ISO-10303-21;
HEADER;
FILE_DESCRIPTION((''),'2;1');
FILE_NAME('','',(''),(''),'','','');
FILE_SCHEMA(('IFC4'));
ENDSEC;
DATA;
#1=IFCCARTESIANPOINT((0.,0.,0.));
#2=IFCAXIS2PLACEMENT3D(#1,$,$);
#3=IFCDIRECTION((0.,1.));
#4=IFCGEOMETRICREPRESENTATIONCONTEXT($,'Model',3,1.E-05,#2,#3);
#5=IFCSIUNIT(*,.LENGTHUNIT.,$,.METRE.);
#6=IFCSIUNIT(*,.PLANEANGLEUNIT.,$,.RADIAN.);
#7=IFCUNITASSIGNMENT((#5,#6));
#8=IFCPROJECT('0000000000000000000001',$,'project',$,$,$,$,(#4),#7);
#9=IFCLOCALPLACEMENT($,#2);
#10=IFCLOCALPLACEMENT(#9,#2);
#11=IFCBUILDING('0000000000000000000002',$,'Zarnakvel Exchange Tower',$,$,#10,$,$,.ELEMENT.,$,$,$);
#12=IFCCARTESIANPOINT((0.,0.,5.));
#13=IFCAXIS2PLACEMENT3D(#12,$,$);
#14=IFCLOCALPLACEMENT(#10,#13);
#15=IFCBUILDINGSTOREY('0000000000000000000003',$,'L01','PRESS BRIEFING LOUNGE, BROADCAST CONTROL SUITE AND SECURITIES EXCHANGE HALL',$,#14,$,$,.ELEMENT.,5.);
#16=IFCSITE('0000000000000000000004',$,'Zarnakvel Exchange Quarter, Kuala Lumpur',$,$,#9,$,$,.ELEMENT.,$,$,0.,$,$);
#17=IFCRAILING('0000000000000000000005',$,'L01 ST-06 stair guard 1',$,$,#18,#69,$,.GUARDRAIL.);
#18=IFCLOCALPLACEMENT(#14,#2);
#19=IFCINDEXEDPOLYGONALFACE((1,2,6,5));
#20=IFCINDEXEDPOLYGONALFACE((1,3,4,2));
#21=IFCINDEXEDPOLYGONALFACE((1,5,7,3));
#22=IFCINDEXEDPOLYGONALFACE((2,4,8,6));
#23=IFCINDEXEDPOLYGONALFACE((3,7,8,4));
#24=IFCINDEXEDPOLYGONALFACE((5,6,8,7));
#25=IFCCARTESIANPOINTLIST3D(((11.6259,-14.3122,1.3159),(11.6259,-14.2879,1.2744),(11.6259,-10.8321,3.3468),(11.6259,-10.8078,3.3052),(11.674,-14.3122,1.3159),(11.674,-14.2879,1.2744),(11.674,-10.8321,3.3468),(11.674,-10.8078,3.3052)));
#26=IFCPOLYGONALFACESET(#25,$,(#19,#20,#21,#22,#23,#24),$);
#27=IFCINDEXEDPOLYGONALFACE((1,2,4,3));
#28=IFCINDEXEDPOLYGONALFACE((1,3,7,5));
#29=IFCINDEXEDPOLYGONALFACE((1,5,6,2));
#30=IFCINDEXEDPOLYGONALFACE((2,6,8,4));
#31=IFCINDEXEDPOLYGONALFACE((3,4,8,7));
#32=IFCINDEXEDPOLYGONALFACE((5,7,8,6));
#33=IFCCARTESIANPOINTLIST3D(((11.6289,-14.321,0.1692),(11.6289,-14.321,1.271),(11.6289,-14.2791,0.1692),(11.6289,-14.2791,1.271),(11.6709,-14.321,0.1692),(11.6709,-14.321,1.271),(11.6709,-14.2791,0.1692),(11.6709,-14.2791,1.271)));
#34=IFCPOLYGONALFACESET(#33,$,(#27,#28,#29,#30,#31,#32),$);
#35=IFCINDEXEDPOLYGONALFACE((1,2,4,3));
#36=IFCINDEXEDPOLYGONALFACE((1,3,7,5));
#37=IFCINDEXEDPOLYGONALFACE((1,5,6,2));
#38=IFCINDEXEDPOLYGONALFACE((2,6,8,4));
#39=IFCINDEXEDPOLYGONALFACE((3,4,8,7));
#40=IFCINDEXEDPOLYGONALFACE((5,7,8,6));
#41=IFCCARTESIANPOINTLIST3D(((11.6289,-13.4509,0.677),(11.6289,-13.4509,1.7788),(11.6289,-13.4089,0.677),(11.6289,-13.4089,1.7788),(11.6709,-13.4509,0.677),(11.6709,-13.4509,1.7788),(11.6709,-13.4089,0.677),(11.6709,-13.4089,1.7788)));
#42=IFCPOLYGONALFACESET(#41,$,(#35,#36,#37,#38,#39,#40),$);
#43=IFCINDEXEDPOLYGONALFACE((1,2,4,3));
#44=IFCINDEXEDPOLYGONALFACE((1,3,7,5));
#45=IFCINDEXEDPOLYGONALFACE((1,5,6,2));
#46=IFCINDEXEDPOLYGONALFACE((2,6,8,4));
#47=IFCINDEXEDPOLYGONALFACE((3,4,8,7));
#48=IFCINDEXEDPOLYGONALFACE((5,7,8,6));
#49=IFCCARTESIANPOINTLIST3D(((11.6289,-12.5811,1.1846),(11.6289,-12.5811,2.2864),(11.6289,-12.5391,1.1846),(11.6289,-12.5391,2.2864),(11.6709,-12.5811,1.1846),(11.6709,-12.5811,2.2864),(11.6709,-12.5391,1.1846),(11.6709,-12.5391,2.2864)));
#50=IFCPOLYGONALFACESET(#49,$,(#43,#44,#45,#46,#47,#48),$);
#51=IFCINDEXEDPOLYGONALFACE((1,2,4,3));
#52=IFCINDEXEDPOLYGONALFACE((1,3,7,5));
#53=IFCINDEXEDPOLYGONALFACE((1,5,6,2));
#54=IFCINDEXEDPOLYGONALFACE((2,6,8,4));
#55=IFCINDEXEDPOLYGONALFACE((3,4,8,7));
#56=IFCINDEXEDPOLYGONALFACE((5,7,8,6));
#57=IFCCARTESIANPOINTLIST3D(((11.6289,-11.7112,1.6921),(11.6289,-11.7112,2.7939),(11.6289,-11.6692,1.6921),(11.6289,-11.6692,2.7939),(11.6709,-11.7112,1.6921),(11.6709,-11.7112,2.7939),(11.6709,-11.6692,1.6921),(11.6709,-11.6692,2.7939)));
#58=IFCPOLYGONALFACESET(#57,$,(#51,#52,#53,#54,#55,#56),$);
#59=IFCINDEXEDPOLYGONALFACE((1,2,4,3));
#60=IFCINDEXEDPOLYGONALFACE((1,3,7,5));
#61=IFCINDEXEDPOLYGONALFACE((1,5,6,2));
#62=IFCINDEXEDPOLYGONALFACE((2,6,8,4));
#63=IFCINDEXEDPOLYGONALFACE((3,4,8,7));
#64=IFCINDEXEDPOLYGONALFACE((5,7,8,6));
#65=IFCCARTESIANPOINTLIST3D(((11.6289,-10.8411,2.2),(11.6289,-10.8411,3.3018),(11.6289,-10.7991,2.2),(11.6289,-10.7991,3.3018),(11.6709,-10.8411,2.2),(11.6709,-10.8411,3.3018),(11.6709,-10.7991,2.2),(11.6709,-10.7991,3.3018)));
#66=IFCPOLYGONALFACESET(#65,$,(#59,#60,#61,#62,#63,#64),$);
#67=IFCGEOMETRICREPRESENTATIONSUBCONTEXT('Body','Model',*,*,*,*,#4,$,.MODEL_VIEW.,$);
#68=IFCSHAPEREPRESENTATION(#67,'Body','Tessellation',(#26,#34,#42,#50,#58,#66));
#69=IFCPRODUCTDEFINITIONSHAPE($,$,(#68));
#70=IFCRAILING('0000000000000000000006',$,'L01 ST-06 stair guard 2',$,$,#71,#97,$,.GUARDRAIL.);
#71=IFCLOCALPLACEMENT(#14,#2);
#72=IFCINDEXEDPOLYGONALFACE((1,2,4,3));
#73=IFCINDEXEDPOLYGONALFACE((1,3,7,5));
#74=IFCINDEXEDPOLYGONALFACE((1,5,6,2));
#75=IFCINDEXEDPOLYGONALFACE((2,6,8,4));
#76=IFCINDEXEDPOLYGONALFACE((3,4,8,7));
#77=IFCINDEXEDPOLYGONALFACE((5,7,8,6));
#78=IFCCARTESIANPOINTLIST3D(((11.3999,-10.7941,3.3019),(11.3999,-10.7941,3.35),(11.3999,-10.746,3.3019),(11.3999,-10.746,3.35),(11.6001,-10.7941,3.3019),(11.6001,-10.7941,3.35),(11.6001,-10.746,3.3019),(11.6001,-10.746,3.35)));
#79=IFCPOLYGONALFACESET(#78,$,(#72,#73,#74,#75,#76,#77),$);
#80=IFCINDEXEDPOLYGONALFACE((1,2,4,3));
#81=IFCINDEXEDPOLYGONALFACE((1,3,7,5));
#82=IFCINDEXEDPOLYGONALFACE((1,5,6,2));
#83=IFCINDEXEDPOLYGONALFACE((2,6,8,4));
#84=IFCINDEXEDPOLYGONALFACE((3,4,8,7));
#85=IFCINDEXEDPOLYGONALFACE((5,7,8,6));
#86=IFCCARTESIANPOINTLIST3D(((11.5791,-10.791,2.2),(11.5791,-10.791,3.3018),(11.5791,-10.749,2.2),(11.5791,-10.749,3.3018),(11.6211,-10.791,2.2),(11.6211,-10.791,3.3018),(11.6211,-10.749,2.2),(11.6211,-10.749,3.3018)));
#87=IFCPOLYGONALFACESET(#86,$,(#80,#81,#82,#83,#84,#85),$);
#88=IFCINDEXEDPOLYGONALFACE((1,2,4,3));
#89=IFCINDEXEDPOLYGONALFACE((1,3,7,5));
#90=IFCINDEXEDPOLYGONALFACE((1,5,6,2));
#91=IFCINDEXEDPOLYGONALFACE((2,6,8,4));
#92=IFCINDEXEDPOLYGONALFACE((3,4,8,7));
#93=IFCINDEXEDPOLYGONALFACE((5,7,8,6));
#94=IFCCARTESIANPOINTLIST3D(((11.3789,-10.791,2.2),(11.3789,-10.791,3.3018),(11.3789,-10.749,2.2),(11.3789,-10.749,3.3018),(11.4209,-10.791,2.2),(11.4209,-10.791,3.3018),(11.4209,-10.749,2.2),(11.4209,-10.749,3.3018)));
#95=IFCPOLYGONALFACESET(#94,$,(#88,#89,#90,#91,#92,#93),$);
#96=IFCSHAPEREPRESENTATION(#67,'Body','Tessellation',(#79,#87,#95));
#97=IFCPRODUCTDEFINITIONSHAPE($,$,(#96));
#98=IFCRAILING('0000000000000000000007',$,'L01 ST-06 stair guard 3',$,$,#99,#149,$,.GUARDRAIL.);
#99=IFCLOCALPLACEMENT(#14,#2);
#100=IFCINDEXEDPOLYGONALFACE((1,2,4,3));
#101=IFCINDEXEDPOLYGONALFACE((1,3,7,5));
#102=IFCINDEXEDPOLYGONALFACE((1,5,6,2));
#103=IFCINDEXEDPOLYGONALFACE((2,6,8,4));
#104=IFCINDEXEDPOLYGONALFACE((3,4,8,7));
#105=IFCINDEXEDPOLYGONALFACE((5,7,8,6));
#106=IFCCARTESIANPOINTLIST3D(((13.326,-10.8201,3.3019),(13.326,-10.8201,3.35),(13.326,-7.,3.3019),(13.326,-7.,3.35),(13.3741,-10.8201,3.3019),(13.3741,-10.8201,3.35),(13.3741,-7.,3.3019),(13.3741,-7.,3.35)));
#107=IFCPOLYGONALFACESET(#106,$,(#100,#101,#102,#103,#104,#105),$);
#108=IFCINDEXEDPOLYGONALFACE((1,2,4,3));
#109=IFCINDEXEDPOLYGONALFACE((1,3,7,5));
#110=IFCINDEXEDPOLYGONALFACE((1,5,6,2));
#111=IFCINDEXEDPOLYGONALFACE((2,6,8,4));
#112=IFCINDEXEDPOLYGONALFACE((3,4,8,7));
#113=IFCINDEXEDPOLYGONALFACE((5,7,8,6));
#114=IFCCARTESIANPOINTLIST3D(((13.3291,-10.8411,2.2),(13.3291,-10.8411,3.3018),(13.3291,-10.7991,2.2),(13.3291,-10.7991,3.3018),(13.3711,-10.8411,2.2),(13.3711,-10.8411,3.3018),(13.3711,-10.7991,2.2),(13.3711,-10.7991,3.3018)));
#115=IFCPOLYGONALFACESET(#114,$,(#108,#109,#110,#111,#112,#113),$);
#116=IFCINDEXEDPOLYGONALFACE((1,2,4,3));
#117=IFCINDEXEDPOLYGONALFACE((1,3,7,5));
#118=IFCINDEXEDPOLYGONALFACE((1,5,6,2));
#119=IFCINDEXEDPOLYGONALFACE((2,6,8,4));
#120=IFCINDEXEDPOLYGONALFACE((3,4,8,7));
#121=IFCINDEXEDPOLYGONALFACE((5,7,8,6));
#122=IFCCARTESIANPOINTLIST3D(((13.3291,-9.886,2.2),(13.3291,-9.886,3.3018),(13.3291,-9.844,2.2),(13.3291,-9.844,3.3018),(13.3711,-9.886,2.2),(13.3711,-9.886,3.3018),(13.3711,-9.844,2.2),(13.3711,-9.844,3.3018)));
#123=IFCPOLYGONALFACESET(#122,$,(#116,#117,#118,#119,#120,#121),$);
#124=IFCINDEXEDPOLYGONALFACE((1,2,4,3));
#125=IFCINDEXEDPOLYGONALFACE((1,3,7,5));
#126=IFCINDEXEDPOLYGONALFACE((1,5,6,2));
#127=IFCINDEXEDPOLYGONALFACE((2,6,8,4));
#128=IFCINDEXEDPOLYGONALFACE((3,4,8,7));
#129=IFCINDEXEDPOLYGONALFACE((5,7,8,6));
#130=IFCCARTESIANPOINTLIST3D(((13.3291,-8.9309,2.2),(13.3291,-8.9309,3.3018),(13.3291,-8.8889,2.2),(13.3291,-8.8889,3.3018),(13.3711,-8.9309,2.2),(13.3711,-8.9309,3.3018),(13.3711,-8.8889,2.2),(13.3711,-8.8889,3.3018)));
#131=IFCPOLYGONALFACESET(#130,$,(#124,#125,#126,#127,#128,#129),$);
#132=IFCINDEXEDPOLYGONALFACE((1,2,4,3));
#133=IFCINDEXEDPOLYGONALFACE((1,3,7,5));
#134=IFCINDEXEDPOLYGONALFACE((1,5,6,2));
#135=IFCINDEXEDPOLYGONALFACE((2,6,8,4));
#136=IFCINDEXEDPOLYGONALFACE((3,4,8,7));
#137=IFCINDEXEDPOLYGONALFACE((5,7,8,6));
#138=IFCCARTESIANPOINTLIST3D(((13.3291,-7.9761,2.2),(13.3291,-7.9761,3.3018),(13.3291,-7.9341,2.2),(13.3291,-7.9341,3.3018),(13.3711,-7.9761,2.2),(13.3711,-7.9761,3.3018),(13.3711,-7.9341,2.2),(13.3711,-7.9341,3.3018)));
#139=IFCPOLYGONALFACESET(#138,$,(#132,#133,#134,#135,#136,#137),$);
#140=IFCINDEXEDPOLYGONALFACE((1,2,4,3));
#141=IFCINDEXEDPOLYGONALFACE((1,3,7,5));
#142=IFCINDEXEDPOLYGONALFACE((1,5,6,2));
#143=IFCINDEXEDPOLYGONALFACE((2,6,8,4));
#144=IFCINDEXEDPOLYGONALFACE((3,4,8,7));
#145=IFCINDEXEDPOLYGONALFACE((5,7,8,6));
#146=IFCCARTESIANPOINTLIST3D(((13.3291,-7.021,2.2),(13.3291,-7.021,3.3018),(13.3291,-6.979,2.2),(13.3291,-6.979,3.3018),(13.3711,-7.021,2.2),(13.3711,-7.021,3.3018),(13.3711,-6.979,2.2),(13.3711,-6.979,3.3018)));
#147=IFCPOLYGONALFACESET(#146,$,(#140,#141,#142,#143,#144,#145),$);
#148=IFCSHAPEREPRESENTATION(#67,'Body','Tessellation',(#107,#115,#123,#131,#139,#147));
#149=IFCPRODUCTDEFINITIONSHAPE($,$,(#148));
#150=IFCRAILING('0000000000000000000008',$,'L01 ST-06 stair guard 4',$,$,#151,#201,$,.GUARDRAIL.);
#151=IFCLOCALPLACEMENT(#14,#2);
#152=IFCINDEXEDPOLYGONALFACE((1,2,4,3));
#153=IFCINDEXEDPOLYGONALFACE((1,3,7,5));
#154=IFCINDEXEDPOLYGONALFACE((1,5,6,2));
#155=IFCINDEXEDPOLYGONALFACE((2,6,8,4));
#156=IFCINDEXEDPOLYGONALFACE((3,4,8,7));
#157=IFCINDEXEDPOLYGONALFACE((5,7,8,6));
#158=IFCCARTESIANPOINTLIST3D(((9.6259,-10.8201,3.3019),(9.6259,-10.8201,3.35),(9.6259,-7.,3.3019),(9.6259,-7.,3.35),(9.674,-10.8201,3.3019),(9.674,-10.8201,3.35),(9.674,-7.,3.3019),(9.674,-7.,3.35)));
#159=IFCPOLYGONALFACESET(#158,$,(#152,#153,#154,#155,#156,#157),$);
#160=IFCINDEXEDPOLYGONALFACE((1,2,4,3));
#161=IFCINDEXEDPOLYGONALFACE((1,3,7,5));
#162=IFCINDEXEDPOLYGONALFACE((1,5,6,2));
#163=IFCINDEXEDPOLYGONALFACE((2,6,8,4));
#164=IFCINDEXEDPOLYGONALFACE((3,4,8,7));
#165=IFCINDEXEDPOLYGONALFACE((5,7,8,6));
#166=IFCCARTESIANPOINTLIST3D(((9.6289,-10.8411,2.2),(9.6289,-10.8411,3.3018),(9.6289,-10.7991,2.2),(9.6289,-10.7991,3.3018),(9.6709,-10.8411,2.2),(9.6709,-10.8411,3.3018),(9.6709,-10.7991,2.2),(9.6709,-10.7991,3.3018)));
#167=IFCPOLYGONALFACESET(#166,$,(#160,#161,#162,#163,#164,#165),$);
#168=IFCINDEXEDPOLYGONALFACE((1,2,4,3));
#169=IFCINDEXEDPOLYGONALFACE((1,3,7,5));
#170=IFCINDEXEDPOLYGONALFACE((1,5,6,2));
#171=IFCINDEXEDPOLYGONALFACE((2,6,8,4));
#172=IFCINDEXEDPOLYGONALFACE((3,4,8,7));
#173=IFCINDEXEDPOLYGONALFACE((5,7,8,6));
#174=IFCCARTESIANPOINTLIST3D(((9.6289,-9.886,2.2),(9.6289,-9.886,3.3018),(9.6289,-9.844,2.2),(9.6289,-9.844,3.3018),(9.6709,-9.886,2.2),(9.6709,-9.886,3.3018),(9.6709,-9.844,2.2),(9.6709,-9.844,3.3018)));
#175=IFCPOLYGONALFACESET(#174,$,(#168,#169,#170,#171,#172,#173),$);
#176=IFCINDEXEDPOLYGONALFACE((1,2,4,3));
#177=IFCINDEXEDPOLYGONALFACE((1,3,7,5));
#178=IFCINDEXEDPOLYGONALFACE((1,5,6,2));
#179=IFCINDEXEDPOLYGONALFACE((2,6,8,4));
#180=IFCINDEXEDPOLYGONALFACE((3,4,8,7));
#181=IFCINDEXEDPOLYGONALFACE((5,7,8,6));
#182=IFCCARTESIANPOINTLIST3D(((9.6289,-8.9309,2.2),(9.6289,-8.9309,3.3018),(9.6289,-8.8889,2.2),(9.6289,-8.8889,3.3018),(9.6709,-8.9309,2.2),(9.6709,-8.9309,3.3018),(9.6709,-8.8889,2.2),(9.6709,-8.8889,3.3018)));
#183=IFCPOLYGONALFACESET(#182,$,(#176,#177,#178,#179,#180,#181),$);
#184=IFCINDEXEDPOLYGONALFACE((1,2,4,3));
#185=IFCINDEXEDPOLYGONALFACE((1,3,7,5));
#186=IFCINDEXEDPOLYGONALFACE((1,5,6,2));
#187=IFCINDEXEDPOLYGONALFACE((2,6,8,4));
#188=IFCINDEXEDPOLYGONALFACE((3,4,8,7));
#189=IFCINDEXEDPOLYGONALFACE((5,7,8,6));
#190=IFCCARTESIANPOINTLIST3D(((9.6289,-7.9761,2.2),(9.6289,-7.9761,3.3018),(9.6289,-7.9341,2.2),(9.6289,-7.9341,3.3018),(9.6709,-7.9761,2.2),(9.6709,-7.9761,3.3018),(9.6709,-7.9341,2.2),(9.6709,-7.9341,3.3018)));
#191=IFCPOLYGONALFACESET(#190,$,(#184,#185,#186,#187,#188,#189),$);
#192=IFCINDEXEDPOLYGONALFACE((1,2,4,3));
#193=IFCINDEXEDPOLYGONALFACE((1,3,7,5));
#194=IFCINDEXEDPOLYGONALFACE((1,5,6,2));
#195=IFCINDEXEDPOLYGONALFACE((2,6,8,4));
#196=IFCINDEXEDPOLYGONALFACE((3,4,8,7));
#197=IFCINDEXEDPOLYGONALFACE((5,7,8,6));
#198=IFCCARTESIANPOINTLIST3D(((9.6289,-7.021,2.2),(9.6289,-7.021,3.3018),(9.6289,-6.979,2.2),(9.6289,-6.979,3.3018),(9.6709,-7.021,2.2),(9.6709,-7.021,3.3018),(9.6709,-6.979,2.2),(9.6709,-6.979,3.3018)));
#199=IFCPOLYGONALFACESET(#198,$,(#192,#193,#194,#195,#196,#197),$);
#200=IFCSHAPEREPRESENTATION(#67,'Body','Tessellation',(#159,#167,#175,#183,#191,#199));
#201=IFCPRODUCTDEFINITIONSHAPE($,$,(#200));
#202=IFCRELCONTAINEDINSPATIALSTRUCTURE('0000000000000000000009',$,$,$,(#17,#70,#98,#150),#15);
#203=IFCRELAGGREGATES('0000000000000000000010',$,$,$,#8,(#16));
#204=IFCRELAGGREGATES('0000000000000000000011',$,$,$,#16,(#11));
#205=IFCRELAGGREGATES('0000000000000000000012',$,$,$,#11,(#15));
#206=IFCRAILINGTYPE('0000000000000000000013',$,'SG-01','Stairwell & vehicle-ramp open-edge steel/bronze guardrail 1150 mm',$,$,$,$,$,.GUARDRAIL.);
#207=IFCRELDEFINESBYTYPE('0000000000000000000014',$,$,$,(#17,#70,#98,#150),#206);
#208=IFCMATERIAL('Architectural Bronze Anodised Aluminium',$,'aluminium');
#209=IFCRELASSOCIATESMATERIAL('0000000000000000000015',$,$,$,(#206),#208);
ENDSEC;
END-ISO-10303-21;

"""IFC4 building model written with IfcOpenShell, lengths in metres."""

from ifc_helpers import new_model, si_unit, direction, frame, origin, origin_2d, place, context, subcontext, project, spatial, rectangle, extrude, material, type_object, element, save


model = new_model("IFC4")

# Units and contexts
model_context = context("Model", 3, precision=1e-05, world=origin(), true_north=direction((0.0, 1.0)))
body_context = subcontext(model_context, "Body", "Model", "MODEL_VIEW")
ifc_project = project(units=[si_unit("LENGTHUNIT", "METRE"), si_unit("PLANEANGLEUNIT", "RADIAN")], contexts=[model_context])

# Site, building, storey
site_placement = place(None, origin())
site = spatial("IfcSite", under=ifc_project, at=site_placement, Name="Zarnakvel Exchange Quarter, Kuala Lumpur", CompositionType="ELEMENT", RefElevation=0.0)
building_placement = place(site_placement, origin())
building = spatial("IfcBuilding", under=site, at=building_placement, Name="Zarnakvel Exchange Tower", CompositionType="ELEMENT")
storey_placement = place(building_placement, frame((0.0, 0.0, 5.0)))
storey = spatial("IfcBuildingStorey", under=building, at=storey_placement, Name="L01", Description="PRESS BRIEFING LOUNGE, BROADCAST CONTROL SUITE AND SECURITIES EXCHANGE HALL", CompositionType="ELEMENT", Elevation=5.0)

# Railings
ifc_material_1 = material(Name="Architectural Bronze Anodised Aluminium", Category="aluminium")
railing_type_1 = type_object("IfcRailingType", Name="SG-01", Description="Stairwell & vehicle-ramp open-edge steel/bronze guardrail 1150 mm", PredefinedType="GUARDRAIL", material=ifc_material_1)
railing_1_placement = place(storey_placement, frame((11.6499, -14.3, 0.1692)))
element("IfcRailing", 1, at=railing_1_placement, inside=storey, type_object=railing_type_1, Name="L01 ST-06 stair guard 1", PredefinedType="GUARDRAIL", context=body_context, shape_type="SweptSolid", body=[
    extrude(rectangle(XDim=0.0481, YDim=0.0481, at=origin_2d()), frame((0.0, 0.0, 1.126), z_axis=(0.0, 0.863695, 0.504014), x_axis=(-1.0, 0.0, 0.0)), (0.0, 0.0, 1.0), 4.0293),
    extrude(rectangle(XDim=0.042, YDim=0.042, at=origin_2d()), origin(), (0.0, 0.0, 1.0), 1.1018),
    extrude(rectangle(XDim=0.042, YDim=0.042, at=origin_2d()), frame((0.0, 0.8701, 0.5078)), (0.0, 0.0, 1.0), 1.1018),
    extrude(rectangle(XDim=0.042, YDim=0.042, at=origin_2d()), frame((0.0, 1.74, 1.0154)), (0.0, 0.0, 1.0), 1.1018),
    extrude(rectangle(XDim=0.042, YDim=0.042, at=origin_2d()), frame((0.0, 2.6099, 1.5229)), (0.0, 0.0, 1.0), 1.1018),
    extrude(rectangle(XDim=0.042, YDim=0.042, at=origin_2d()), frame((0.0, 3.48, 2.0308)), (0.0, 0.0, 1.0), 1.1018),
])
railing_2_placement = place(storey_placement, frame((11.6001, -10.77, 2.2)))
element("IfcRailing", 2, at=railing_2_placement, inside=storey, type_object=railing_type_1, Name="L01 ST-06 stair guard 2", PredefinedType="GUARDRAIL", context=body_context, shape_type="SweptSolid", body=[
    extrude(rectangle(XDim=0.0481, YDim=0.0481, at=origin_2d()), frame((0.0, 0.0, 1.126), z_axis=(-1.0, 0.0, 0.0), x_axis=(0.0, -1.0, 0.0)), (0.0, 0.0, 1.0), 0.2002),
    extrude(rectangle(XDim=0.042, YDim=0.042, at=origin_2d()), origin(), (0.0, 0.0, 1.0), 1.1018),
    extrude(rectangle(XDim=0.042, YDim=0.042, at=origin_2d()), frame((-0.2002, 0.0, 0.0)), (0.0, 0.0, 1.0), 1.1018),
])
for number, where, name in (
    (3, (13.3501, -10.8201, 2.2), "L01 ST-06 stair guard 3"),
    (4, (9.6499, -10.8201, 2.2), "L01 ST-06 stair guard 4"),
):
    element("IfcRailing", number, at=place(storey_placement, frame(where)), inside=storey, type_object=railing_type_1, Name=name, PredefinedType="GUARDRAIL", context=body_context, shape_type="SweptSolid", body=[
        extrude(rectangle(XDim=0.0481, YDim=0.0481, at=origin_2d()), frame((0.0, 0.0, 1.126), z_axis=(0.0, 1.0, 0.0), x_axis=(-1.0, 0.0, 0.0)), (0.0, 0.0, 1.0), 3.8201),
        extrude(rectangle(XDim=0.042, YDim=0.042, at=origin_2d()), origin(), (0.0, 0.0, 1.0), 1.1018),
        extrude(rectangle(XDim=0.042, YDim=0.042, at=origin_2d()), frame((0.0, 0.9551, 0.0)), (0.0, 0.0, 1.0), 1.1018),
        extrude(rectangle(XDim=0.042, YDim=0.042, at=origin_2d()), frame((0.0, 1.9102, 0.0)), (0.0, 0.0, 1.0), 1.1018),
        extrude(rectangle(XDim=0.042, YDim=0.042, at=origin_2d()), frame((0.0, 2.865, 0.0)), (0.0, 0.0, 1.0), 1.1018),
        extrude(rectangle(XDim=0.042, YDim=0.042, at=origin_2d()), frame((0.0, 3.8201, 0.0)), (0.0, 0.0, 1.0), 1.1018),
    ])

save(model, "model.ifc")
